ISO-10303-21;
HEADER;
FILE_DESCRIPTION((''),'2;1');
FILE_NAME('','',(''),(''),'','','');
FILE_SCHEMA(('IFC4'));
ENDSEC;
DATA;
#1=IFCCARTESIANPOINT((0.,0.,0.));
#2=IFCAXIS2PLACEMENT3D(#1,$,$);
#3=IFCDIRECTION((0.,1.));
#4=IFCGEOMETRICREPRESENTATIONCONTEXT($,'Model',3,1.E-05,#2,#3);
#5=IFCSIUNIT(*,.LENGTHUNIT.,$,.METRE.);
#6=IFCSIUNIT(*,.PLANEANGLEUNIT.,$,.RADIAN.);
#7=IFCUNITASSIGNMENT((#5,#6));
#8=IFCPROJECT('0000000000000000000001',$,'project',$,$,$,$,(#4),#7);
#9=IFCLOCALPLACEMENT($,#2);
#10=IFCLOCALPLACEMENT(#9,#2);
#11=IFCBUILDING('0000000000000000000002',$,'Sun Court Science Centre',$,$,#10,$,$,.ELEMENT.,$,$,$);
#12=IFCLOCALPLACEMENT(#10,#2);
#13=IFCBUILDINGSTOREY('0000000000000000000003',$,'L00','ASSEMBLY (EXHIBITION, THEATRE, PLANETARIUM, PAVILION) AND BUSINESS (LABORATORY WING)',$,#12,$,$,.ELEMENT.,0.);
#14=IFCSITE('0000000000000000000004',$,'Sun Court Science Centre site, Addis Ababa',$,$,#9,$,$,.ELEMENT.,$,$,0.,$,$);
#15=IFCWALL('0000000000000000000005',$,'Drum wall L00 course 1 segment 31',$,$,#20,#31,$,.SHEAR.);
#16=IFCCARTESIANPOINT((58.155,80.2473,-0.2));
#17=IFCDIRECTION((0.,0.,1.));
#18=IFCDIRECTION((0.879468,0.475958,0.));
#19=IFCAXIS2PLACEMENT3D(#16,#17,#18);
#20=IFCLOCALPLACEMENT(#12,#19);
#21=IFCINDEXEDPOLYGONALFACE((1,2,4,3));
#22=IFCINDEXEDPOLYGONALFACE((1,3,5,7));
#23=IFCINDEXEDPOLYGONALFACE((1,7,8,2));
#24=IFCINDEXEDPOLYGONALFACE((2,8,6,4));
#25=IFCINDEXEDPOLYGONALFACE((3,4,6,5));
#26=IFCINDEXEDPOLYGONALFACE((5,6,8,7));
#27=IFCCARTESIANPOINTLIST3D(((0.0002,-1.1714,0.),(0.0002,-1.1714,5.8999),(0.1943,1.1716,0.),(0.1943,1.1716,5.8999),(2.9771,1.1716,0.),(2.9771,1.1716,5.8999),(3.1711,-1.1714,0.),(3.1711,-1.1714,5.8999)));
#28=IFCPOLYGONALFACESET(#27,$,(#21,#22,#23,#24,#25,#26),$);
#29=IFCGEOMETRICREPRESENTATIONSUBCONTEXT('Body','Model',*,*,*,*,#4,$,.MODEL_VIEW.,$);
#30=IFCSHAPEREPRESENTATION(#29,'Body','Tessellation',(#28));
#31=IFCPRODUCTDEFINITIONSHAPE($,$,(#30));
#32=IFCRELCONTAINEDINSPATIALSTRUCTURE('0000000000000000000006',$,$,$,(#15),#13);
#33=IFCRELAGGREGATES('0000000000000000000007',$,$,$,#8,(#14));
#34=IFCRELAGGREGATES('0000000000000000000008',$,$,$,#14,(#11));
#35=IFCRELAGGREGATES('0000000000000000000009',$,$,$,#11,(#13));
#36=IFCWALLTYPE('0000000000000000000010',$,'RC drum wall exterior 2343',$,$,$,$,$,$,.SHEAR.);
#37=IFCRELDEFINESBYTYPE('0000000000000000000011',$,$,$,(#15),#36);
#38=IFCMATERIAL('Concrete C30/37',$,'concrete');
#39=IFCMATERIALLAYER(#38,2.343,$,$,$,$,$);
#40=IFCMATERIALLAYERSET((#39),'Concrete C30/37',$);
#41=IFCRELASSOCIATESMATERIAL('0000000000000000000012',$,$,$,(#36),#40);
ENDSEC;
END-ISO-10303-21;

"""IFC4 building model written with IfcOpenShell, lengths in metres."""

from ifc_helpers import new_model, si_unit, direction, frame, origin, place, context, subcontext, project, spatial, polyline, outline, extrude, material, layer, layer_set, type_object, element, save


model = new_model("IFC4")

# Units and contexts
model_context = context("Model", 3, precision=1e-05, world=origin(), true_north=direction((0.0, 1.0)))
body_context = subcontext(model_context, "Body", "Model", "MODEL_VIEW")
ifc_project = project(units=[si_unit("LENGTHUNIT", "METRE"), si_unit("PLANEANGLEUNIT", "RADIAN")], contexts=[model_context])

# Site, building, storey
site_placement = place(None, origin())
site = spatial("IfcSite", under=ifc_project, at=site_placement, Name="Sun Court Science Centre site, Addis Ababa", CompositionType="ELEMENT", RefElevation=0.0)
building_placement = place(site_placement, origin())
building = spatial("IfcBuilding", under=site, at=building_placement, Name="Sun Court Science Centre", CompositionType="ELEMENT")
storey_placement = place(building_placement, origin())
storey = spatial("IfcBuildingStorey", under=building, at=storey_placement, Name="L00", Description="ASSEMBLY (EXHIBITION, THEATRE, PLANETARIUM, PAVILION) AND BUSINESS (LABORATORY WING)", CompositionType="ELEMENT", Elevation=0.0)

# Wall
ifc_material_1 = material(Name="Concrete C30/37", Category="concrete")
ifc_layer_1 = layer(ifc_material_1, 2.343)
ifc_layer_set_1 = layer_set([ifc_layer_1], Name="Concrete C30/37")
wall_type_1 = type_object("IfcWallType", Name="RC drum wall exterior 2343", PredefinedType="SHEAR", material=ifc_layer_set_1)
wall_1_placement = place(storey_placement, frame((58.155, 80.2473, -0.2), z_axis=(0.0, 0.0, 1.0), x_axis=(0.879468, 0.475958, 0.0)))
element("IfcWall", 1, at=wall_1_placement, inside=storey, type_object=wall_type_1, Name="Drum wall L00 course 1 segment 31", PredefinedType="SHEAR", context=body_context, shape_type="SweptSolid", body=[
    extrude(outline(polyline([(0.0002, -1.1714), (3.1711, -1.1714), (2.9771, 1.1716), (0.1943, 1.1716), (0.0002, -1.1714)])), origin(), (0.0, 0.0, 1.0), 5.8999),
])

save(model, "model.ifc")
